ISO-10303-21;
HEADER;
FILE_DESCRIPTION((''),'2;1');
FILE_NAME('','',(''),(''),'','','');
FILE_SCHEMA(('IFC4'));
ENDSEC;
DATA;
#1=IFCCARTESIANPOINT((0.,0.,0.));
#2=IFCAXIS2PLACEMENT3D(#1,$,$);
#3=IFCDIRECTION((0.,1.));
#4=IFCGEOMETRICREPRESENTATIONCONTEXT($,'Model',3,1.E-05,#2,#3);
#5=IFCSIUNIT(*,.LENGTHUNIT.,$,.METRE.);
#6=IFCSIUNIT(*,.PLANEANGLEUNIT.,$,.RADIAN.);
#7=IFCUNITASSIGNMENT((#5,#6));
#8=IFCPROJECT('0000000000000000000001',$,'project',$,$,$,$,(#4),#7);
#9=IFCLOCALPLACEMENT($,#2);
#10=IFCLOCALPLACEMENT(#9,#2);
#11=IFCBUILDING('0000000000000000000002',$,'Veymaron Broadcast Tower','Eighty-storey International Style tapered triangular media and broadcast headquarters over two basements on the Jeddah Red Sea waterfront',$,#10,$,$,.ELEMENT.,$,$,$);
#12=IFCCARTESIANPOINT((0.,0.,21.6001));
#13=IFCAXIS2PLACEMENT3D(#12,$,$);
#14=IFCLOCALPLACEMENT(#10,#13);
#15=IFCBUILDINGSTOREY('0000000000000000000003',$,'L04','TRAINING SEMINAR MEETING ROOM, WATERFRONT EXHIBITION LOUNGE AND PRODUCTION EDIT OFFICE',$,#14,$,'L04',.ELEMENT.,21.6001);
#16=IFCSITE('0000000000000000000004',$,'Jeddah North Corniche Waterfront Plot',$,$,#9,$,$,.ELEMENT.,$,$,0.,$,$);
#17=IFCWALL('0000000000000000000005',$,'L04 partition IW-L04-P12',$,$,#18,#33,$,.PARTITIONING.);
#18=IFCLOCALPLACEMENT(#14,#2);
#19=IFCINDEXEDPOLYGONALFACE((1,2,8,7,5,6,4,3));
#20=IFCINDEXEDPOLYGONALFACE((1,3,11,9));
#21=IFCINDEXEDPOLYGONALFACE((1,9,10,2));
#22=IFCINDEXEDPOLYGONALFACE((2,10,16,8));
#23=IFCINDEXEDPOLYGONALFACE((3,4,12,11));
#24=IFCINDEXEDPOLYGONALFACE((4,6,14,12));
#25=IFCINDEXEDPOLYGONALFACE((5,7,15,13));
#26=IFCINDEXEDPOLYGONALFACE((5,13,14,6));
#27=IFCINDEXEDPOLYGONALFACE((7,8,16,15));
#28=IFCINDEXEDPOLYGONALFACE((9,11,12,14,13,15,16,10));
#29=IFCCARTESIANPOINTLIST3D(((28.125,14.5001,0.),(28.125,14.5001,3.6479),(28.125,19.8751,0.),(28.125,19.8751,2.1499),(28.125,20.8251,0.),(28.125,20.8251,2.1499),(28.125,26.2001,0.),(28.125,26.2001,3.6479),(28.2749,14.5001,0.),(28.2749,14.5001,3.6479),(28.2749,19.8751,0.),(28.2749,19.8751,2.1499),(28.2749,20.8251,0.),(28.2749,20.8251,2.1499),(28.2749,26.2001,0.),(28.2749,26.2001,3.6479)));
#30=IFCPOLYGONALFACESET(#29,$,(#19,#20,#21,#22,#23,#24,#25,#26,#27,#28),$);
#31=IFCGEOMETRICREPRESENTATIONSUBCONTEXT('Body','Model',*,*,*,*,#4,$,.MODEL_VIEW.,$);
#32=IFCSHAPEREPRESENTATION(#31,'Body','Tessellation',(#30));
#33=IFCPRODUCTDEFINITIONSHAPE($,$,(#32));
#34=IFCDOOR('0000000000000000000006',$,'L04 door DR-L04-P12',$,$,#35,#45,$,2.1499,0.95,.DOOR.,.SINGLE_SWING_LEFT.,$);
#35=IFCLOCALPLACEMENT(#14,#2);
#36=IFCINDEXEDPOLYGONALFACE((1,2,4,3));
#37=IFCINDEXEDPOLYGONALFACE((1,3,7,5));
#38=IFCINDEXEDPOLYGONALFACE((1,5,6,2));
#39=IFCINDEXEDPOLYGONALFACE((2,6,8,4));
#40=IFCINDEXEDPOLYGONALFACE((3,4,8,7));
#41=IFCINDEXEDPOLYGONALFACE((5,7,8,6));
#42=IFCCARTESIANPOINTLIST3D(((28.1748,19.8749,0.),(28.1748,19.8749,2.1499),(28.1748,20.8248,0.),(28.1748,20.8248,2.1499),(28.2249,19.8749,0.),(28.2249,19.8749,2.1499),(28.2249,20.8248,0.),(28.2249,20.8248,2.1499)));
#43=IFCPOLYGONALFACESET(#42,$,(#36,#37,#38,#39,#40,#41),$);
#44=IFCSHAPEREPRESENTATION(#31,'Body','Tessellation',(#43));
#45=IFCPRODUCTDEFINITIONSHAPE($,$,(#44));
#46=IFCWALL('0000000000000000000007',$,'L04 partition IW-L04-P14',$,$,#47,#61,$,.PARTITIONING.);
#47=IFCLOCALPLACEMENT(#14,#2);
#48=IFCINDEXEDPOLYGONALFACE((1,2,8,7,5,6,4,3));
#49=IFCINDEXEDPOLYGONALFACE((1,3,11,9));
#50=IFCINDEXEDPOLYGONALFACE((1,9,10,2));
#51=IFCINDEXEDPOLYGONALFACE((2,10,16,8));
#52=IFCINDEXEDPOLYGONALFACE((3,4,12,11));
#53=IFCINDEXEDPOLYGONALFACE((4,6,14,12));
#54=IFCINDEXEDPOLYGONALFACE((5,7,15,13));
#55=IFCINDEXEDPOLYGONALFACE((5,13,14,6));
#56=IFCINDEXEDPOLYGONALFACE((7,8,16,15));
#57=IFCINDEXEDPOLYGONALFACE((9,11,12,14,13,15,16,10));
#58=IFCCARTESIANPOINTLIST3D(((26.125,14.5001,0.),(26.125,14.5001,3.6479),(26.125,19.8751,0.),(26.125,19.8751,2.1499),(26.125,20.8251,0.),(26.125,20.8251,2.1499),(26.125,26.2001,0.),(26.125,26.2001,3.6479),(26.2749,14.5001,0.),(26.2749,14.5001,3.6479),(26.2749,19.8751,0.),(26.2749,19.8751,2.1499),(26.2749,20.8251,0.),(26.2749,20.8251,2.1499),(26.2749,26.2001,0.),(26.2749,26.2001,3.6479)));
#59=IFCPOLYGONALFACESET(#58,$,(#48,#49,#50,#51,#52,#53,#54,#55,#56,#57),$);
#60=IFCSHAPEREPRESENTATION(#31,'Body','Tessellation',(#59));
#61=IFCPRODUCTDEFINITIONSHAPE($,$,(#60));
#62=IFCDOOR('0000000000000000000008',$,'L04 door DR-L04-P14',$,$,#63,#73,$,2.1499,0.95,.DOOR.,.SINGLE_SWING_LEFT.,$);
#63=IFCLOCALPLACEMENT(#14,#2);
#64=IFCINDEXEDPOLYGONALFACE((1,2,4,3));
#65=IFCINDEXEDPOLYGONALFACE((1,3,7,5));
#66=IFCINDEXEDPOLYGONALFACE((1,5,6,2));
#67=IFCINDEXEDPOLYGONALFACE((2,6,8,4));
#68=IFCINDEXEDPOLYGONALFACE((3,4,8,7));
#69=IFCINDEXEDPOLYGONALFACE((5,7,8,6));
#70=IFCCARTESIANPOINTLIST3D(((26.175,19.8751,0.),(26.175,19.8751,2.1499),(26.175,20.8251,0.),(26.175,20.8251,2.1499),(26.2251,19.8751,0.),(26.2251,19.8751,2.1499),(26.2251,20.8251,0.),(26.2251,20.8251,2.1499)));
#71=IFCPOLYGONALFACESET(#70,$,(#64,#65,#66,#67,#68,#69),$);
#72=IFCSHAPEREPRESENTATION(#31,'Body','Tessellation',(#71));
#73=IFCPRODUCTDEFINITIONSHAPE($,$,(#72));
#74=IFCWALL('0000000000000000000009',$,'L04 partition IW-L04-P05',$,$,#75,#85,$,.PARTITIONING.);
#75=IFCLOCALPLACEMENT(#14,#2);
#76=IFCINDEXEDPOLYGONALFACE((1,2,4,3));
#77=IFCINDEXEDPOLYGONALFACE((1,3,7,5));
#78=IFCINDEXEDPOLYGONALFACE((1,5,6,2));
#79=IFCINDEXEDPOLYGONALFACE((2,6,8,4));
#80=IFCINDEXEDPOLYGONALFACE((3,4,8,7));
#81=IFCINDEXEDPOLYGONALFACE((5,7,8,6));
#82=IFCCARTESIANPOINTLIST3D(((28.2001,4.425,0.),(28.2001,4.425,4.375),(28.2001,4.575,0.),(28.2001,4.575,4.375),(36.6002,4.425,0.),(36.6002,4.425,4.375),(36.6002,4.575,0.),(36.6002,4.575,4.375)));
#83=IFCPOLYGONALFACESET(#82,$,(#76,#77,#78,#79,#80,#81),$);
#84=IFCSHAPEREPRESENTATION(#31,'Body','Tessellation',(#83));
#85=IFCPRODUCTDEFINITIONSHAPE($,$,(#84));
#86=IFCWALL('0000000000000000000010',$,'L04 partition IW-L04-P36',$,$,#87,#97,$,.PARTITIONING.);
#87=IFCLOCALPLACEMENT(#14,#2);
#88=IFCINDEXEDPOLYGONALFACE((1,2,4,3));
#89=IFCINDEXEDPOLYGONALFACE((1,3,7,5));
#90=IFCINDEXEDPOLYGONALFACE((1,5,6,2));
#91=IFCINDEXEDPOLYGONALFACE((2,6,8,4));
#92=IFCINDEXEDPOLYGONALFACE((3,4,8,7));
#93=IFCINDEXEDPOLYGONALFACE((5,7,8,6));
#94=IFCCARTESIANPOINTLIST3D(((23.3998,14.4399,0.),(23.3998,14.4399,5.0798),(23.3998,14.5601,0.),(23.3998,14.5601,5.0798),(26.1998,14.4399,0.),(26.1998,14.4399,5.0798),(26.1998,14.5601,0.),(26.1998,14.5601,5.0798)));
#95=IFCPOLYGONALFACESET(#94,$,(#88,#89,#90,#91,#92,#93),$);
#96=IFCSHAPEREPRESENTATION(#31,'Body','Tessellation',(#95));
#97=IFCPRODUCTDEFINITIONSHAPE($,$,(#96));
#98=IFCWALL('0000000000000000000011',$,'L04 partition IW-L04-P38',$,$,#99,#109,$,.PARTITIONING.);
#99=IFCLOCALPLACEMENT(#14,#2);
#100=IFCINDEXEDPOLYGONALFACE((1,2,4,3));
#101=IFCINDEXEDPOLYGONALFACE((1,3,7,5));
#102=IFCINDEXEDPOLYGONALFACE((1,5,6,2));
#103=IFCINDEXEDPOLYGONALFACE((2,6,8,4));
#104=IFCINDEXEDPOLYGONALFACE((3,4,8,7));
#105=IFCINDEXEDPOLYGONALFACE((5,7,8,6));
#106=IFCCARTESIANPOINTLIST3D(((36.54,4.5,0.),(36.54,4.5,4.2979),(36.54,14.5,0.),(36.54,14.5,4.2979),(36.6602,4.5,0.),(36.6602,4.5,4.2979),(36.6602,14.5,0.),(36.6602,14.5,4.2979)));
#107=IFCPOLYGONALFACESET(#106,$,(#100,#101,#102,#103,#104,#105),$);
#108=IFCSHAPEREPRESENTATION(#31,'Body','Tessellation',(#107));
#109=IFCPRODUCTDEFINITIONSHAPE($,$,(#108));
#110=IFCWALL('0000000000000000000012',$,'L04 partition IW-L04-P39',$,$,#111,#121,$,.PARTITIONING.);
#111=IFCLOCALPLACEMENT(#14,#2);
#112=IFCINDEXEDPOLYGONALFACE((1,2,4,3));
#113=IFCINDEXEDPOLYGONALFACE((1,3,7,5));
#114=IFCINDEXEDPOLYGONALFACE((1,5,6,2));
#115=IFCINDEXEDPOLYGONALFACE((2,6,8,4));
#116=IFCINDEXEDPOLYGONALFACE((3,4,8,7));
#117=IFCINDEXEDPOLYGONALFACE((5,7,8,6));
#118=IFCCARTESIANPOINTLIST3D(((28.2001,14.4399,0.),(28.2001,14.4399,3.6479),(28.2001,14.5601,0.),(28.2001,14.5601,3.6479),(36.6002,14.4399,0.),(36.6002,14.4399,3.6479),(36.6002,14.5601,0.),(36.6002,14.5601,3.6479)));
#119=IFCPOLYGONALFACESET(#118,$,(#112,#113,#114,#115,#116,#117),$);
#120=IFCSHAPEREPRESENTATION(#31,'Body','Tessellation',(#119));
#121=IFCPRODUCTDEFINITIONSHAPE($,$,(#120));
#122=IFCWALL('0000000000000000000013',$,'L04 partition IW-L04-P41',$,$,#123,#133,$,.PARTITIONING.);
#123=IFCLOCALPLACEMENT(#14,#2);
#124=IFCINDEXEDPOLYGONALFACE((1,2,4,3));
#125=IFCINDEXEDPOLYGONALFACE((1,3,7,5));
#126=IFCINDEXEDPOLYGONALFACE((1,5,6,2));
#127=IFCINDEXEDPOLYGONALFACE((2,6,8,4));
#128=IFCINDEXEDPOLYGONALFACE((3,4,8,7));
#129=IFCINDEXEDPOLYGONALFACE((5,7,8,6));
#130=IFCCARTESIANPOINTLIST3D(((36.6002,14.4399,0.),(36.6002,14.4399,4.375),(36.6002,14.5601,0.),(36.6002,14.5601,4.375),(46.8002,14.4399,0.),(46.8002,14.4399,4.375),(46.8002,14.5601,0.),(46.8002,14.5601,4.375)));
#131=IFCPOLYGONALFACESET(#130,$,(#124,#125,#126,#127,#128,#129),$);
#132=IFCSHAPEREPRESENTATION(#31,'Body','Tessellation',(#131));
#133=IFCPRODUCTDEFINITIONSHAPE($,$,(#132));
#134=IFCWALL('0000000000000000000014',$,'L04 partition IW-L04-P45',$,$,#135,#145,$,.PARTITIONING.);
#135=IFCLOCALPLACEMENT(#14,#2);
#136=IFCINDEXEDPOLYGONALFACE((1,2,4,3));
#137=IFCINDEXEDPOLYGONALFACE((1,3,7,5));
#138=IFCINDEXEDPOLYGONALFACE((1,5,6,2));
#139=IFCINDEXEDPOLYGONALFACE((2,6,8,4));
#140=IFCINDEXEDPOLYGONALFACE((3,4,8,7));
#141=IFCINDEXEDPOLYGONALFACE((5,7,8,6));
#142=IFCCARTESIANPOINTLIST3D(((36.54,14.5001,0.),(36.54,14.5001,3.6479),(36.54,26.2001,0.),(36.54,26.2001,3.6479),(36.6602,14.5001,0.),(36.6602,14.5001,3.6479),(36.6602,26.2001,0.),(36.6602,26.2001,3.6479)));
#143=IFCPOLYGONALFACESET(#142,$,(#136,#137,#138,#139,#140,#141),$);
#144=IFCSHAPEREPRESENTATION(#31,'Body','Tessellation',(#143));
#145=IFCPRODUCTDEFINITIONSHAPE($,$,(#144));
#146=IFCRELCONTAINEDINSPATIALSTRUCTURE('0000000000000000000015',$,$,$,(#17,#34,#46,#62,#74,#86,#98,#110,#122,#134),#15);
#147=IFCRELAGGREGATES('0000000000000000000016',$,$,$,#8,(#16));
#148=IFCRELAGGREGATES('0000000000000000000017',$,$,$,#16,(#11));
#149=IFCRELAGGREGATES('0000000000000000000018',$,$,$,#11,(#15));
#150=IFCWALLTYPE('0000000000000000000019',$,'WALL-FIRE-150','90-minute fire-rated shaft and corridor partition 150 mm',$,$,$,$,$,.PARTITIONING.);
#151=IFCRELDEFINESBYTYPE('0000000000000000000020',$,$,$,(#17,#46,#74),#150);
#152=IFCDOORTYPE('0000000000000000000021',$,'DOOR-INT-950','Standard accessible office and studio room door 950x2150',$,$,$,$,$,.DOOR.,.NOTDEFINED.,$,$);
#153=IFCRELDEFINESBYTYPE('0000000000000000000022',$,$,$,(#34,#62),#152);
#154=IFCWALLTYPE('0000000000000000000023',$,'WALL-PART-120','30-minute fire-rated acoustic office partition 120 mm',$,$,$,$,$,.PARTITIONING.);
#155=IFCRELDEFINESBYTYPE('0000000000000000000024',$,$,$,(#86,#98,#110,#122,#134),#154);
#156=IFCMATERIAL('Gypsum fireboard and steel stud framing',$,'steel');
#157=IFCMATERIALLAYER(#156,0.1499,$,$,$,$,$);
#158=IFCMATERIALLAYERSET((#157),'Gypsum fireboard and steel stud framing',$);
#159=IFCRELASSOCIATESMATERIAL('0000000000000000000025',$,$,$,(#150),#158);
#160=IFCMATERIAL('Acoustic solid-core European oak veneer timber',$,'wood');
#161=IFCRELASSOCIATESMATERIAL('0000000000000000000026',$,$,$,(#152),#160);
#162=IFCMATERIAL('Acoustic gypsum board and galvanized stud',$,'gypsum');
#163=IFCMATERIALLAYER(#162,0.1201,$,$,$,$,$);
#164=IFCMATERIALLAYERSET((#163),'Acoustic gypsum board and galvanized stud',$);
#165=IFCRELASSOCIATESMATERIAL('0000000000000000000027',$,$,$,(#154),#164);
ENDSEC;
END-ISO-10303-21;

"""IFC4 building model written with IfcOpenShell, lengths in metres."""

from ifc_helpers import new_model, si_unit, direction, frame, frame_2d, origin, place, context, subcontext, project, spatial, rectangle, extrude, material, layer, layer_set, type_object, element, fill, save


model = new_model("IFC4")

# Units and contexts
model_context = context("Model", 3, precision=1e-05, world=origin(), true_north=direction((0.0, 1.0)))
body_context = subcontext(model_context, "Body", "Model", "MODEL_VIEW")
ifc_project = project(units=[si_unit("LENGTHUNIT", "METRE"), si_unit("PLANEANGLEUNIT", "RADIAN")], contexts=[model_context])

# Site, building, storey
site_placement = place(None, origin())
site = spatial("IfcSite", under=ifc_project, at=site_placement, Name="Jeddah North Corniche Waterfront Plot", CompositionType="ELEMENT", RefElevation=0.0)
building_placement = place(site_placement, origin())
building = spatial("IfcBuilding", under=site, at=building_placement, Name="Veymaron Broadcast Tower", Description="Eighty-storey International Style tapered triangular media and broadcast headquarters over two basements on the Jeddah Red Sea waterfront", CompositionType="ELEMENT")
storey_placement = place(building_placement, frame((0.0, 0.0, 21.6001)))
storey = spatial("IfcBuildingStorey", under=building, at=storey_placement, Name="L04", Description="TRAINING SEMINAR MEETING ROOM, WATERFRONT EXHIBITION LOUNGE AND PRODUCTION EDIT OFFICE", LongName="L04", CompositionType="ELEMENT", Elevation=21.6001)

# Walls, openings, doors
ifc_material_1 = material(Name="Gypsum fireboard and steel stud framing", Category="steel")
ifc_layer_1 = layer(ifc_material_1, 0.1499)
ifc_layer_set_1 = layer_set([ifc_layer_1], Name="Gypsum fireboard and steel stud framing")
wall_type_1 = type_object("IfcWallType", Name="WALL-FIRE-150", Description="90-minute fire-rated shaft and corridor partition 150 mm", PredefinedType="PARTITIONING", material=ifc_layer_set_1)
ifc_material_2 = material(Name="Acoustic solid-core European oak veneer timber", Category="wood")
door_type = type_object("IfcDoorType", Name="DOOR-INT-950", Description="Standard accessible office and studio room door 950x2150", OperationType="NOTDEFINED", PredefinedType="DOOR", material=ifc_material_2)
wall_1_placement = place(storey_placement, frame((28.2, 14.5, 0.0), z_axis=(0.0, 0.0, 1.0), x_axis=(0.0, 1.0, 0.0)))
wall_1 = element("IfcWall", 1, at=wall_1_placement, inside=storey, type_object=wall_type_1, Name="L04 partition IW-L04-P12", PredefinedType="PARTITIONING", context=body_context, shape_type="SweptSolid", body=[
    extrude(rectangle(XDim=11.7, YDim=0.1499, at=frame_2d((5.8501, 0.0))), origin(), (0.0, 0.0, 1.0), 3.6479),
])
opening_1_placement = place(wall_1_placement, frame((5.375, 0.0, 0.0)))
opening_1 = element("IfcOpeningElement", 2, at=opening_1_placement, cuts=wall_1, PredefinedType="OPENING", context=body_context, shape_type="SweptSolid", body=[
    extrude(rectangle(XDim=0.95, YDim=2.1499, at=frame_2d((0.4751, 1.075))), frame((0.0, 0.085, 0.0), z_axis=(0.0, -1.0, 0.0), x_axis=(1.0, 0.0, 0.0)), (0.0, 0.0, 1.0), 0.1699),
])
door_1_placement = place(opening_1_placement, frame((0.95, 0.0, 0.0), z_axis=(0.0, 0.0, 1.0), x_axis=(-1.0, 0.0, 0.0)))
door_1 = element("IfcDoor", 3, at=door_1_placement, inside=storey, type_object=door_type, Name="L04 door DR-L04-P12", OperationType="SINGLE_SWING_LEFT", OverallHeight=2.1499, OverallWidth=0.95, PredefinedType="DOOR", context=body_context, shape_type="SweptSolid", body=[
    extrude(rectangle(XDim=0.95, YDim=2.1499, at=frame_2d((0.4751, 1.075))), frame((0.0, 0.0249, 0.0), z_axis=(0.0, -1.0, 0.0), x_axis=(1.0, 0.0, 0.0)), (0.0, 0.0, 1.0), 0.05),
])
fill(opening_1, door_1)
wall_2_placement = place(storey_placement, frame((26.2, 14.5, 0.0), z_axis=(0.0, 0.0, 1.0), x_axis=(0.0, 1.0, 0.0)))
wall_2 = element("IfcWall", 4, at=wall_2_placement, inside=storey, type_object=wall_type_1, Name="L04 partition IW-L04-P14", PredefinedType="PARTITIONING", context=body_context, shape_type="SweptSolid", body=[
    extrude(rectangle(XDim=11.7, YDim=0.1499, at=frame_2d((5.8501, 0.0))), origin(), (0.0, 0.0, 1.0), 3.6479),
])
opening_2_placement = place(wall_2_placement, frame((5.375, 0.0, 0.0)))
opening_2 = element("IfcOpeningElement", 5, at=opening_2_placement, cuts=wall_2, PredefinedType="OPENING", context=body_context, shape_type="SweptSolid", body=[
    extrude(rectangle(XDim=0.95, YDim=2.1499, at=frame_2d((0.4751, 1.075))), frame((0.0, 0.085, 0.0), z_axis=(0.0, -1.0, 0.0), x_axis=(1.0, 0.0, 0.0)), (0.0, 0.0, 1.0), 0.1699),
])
door_2_placement = place(opening_2_placement, origin())
door_2 = element("IfcDoor", 6, at=door_2_placement, inside=storey, type_object=door_type, Name="L04 door DR-L04-P14", OperationType="SINGLE_SWING_LEFT", OverallHeight=2.1499, OverallWidth=0.95, PredefinedType="DOOR", context=body_context, shape_type="SweptSolid", body=[
    extrude(rectangle(XDim=0.95, YDim=2.1499, at=frame_2d((0.4751, 1.075))), frame((0.0, 0.0249, 0.0), z_axis=(0.0, -1.0, 0.0), x_axis=(1.0, 0.0, 0.0)), (0.0, 0.0, 1.0), 0.05),
])
fill(opening_2, door_2)

# Walls
wall_3_placement = place(storey_placement, frame((28.2, 4.5, 0.0), z_axis=(0.0, 0.0, 1.0), x_axis=(1.0, 0.0, 0.0)))
element("IfcWall", 7, at=wall_3_placement, inside=storey, type_object=wall_type_1, Name="L04 partition IW-L04-P05", PredefinedType="PARTITIONING", context=body_context, shape_type="SweptSolid", body=[
    extrude(rectangle(XDim=8.4001, YDim=0.1499, at=frame_2d((4.2002, 0.0))), origin(), (0.0, 0.0, 1.0), 4.375),
])
ifc_material_3 = material(Name="Acoustic gypsum board and galvanized stud", Category="gypsum")
ifc_layer_2 = layer(ifc_material_3, 0.1201)
ifc_layer_set_2 = layer_set([ifc_layer_2], Name="Acoustic gypsum board and galvanized stud")
wall_type_2 = type_object("IfcWallType", Name="WALL-PART-120", Description="30-minute fire-rated acoustic office partition 120 mm", PredefinedType="PARTITIONING", material=ifc_layer_set_2)
wall_4_placement = place(storey_placement, frame((23.3999, 14.5, 0.0), z_axis=(0.0, 0.0, 1.0), x_axis=(1.0, 0.0, 0.0)))
element("IfcWall", 8, at=wall_4_placement, inside=storey, type_object=wall_type_2, Name="L04 partition IW-L04-P36", PredefinedType="PARTITIONING", context=body_context, shape_type="SweptSolid", body=[
    extrude(rectangle(XDim=2.8, YDim=0.1201, at=frame_2d((1.3999, 0.0))), origin(), (0.0, 0.0, 1.0), 5.0798),
])
wall_5_placement = place(storey_placement, frame((36.6001, 4.5, 0.0), z_axis=(0.0, 0.0, 1.0), x_axis=(0.0, 1.0, 0.0)))
element("IfcWall", 9, at=wall_5_placement, inside=storey, type_object=wall_type_2, Name="L04 partition IW-L04-P38", PredefinedType="PARTITIONING", context=body_context, shape_type="SweptSolid", body=[
    extrude(rectangle(XDim=10.0, YDim=0.1201, at=frame_2d((5.0, 0.0))), origin(), (0.0, 0.0, 1.0), 4.2979),
])
wall_6_placement = place(storey_placement, frame((28.2, 14.5, 0.0), z_axis=(0.0, 0.0, 1.0), x_axis=(1.0, 0.0, 0.0)))
element("IfcWall", 10, at=wall_6_placement, inside=storey, type_object=wall_type_2, Name="L04 partition IW-L04-P39", PredefinedType="PARTITIONING", context=body_context, shape_type="SweptSolid", body=[
    extrude(rectangle(XDim=8.4001, YDim=0.1201, at=frame_2d((4.2002, 0.0))), origin(), (0.0, 0.0, 1.0), 3.6479),
])
wall_7_placement = place(storey_placement, frame((36.6001, 14.5, 0.0), z_axis=(0.0, 0.0, 1.0), x_axis=(1.0, 0.0, 0.0)))
element("IfcWall", 11, at=wall_7_placement, inside=storey, type_object=wall_type_2, Name="L04 partition IW-L04-P41", PredefinedType="PARTITIONING", context=body_context, shape_type="SweptSolid", body=[
    extrude(rectangle(XDim=10.2, YDim=0.1201, at=frame_2d((5.1001, 0.0))), origin(), (0.0, 0.0, 1.0), 4.375),
])
wall_8_placement = place(storey_placement, frame((36.6001, 14.5, 0.0), z_axis=(0.0, 0.0, 1.0), x_axis=(0.0, 1.0, 0.0)))
element("IfcWall", 12, at=wall_8_placement, inside=storey, type_object=wall_type_2, Name="L04 partition IW-L04-P45", PredefinedType="PARTITIONING", context=body_context, shape_type="SweptSolid", body=[
    extrude(rectangle(XDim=11.7, YDim=0.1201, at=frame_2d((5.8501, 0.0))), origin(), (0.0, 0.0, 1.0), 3.6479),
])

save(model, "model.ifc")
